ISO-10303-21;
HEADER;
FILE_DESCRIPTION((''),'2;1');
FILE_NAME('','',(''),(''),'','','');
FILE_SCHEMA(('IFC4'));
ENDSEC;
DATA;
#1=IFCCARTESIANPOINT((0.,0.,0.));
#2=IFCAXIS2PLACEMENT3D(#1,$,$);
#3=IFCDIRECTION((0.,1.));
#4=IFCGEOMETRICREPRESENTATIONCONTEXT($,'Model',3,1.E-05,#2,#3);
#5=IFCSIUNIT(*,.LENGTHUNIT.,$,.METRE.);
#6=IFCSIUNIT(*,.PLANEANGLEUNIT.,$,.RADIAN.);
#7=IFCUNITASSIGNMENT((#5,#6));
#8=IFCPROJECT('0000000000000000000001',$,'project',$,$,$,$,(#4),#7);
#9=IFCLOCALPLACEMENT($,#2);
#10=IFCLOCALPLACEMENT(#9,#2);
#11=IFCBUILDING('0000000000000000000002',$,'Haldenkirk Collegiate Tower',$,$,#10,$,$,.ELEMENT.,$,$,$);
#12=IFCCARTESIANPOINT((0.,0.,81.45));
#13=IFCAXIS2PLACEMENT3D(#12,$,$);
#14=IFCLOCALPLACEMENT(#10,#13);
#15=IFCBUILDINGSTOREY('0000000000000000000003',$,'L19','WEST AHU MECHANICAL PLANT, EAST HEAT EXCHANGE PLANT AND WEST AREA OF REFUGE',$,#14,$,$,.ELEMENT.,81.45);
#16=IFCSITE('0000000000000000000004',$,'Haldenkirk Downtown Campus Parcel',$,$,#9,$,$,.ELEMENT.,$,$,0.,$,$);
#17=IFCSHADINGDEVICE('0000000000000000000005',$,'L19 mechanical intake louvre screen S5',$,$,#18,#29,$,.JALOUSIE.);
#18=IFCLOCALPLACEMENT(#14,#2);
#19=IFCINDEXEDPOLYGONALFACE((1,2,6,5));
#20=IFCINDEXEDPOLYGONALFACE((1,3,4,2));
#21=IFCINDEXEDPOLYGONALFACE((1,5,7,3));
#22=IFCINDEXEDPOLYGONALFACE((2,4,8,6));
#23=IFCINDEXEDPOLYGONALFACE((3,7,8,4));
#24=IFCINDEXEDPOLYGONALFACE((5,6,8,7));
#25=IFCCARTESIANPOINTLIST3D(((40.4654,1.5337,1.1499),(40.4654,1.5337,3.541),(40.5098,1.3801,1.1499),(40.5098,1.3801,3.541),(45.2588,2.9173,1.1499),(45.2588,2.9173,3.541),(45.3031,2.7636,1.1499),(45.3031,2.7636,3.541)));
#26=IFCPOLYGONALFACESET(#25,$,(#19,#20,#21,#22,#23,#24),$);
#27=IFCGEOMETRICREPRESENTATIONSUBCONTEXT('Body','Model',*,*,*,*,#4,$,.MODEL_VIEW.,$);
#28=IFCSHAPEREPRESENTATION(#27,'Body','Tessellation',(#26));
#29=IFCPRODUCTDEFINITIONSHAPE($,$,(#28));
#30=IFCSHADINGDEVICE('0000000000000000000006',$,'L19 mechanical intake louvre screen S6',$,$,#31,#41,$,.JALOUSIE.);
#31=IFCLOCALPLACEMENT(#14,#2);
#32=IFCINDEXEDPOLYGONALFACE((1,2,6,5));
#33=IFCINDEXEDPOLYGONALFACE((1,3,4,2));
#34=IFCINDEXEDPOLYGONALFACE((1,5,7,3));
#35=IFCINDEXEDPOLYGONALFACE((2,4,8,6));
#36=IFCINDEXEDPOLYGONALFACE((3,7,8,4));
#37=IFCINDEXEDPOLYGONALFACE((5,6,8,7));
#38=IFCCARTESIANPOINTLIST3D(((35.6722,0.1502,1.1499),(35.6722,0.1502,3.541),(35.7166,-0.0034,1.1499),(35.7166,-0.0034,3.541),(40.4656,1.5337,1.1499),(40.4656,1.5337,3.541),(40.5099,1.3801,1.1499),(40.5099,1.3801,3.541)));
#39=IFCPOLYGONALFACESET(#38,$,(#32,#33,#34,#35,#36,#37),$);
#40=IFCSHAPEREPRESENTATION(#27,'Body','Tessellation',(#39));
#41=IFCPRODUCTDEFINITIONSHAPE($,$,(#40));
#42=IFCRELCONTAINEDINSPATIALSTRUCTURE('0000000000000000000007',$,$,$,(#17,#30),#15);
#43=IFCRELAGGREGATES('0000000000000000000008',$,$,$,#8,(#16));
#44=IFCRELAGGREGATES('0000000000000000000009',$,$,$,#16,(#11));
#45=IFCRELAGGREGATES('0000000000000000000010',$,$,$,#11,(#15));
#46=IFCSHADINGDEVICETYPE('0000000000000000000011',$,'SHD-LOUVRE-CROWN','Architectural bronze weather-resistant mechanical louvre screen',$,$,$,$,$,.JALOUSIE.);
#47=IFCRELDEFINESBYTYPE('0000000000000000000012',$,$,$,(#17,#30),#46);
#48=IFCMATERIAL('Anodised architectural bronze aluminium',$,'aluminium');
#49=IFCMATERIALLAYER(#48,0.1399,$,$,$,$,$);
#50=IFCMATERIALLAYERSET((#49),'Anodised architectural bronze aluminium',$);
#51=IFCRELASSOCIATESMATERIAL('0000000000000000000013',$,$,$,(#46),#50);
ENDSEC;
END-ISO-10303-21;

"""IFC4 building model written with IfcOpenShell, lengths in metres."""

from ifc_helpers import new_model, si_unit, direction, frame, origin, origin_2d, place, context, subcontext, project, spatial, rectangle, extrude, source, transform, mapped, material, layer, layer_set, type_object, element, save


model = new_model("IFC4")

# Units and contexts
model_context = context("Model", 3, precision=1e-05, world=origin(), true_north=direction((0.0, 1.0)))
body_context = subcontext(model_context, "Body", "Model", "MODEL_VIEW")
ifc_project = project(units=[si_unit("LENGTHUNIT", "METRE"), si_unit("PLANEANGLEUNIT", "RADIAN")], contexts=[model_context])

# Site, building, storey
site_placement = place(None, origin())
site = spatial("IfcSite", under=ifc_project, at=site_placement, Name="Haldenkirk Downtown Campus Parcel", CompositionType="ELEMENT", RefElevation=0.0)
building_placement = place(site_placement, origin())
building = spatial("IfcBuilding", under=site, at=building_placement, Name="Haldenkirk Collegiate Tower", CompositionType="ELEMENT")
storey_placement = place(building_placement, frame((0.0, 0.0, 81.45)))
storey = spatial("IfcBuildingStorey", under=building, at=storey_placement, Name="L19", Description="WEST AHU MECHANICAL PLANT, EAST HEAT EXCHANGE PLANT AND WEST AREA OF REFUGE", CompositionType="ELEMENT", Elevation=81.45)

# Shading devices
ifc_material_1 = material(Name="Anodised architectural bronze aluminium", Category="aluminium")
ifc_layer_1 = layer(ifc_material_1, 0.1399)
ifc_layer_set_1 = layer_set([ifc_layer_1], Name="Anodised architectural bronze aluminium")
shading_device_type = type_object("IfcShadingDeviceType", Name="SHD-LOUVRE-CROWN", Description="Architectural bronze weather-resistant mechanical louvre screen", PredefinedType="JALOUSIE", material=ifc_layer_set_1)
shared_shape_1 = source(origin(), body_context, "Body", "SweptSolid", [
    extrude(rectangle(XDim=4.989, YDim=0.1599, at=origin_2d()), origin(), (0.0, 0.0, 1.0), 2.3911),
])
for number, where, z_axis, x_axis, name in (
    (1, (42.8843, 2.1487, 1.1499), (0.0, 0.0, 1.0), (-0.960779, -0.277315, 0.0), "L19 mechanical intake louvre screen S5"),
    (2, (38.0911, 0.7651, 1.1499), (0.0, 0.0, 1.0), (-0.960779, -0.277315, 0.0), "L19 mechanical intake louvre screen S6"),
):
    element("IfcShadingDevice", number, at=place(storey_placement, frame(where, z_axis=z_axis, x_axis=x_axis)), inside=storey, type_object=shading_device_type, Name=name, PredefinedType="JALOUSIE", context=body_context, shape_type="MappedRepresentation", body=[
        mapped(shared_shape_1, transform((0.0, 0.0, 0.0), x_axis=(1.0, 0.0, 0.0), y_axis=(0.0, 1.0, 0.0), z_axis=(0.0, 0.0, 1.0), scale=1.0)),
    ])

save(model, "model.ifc")
